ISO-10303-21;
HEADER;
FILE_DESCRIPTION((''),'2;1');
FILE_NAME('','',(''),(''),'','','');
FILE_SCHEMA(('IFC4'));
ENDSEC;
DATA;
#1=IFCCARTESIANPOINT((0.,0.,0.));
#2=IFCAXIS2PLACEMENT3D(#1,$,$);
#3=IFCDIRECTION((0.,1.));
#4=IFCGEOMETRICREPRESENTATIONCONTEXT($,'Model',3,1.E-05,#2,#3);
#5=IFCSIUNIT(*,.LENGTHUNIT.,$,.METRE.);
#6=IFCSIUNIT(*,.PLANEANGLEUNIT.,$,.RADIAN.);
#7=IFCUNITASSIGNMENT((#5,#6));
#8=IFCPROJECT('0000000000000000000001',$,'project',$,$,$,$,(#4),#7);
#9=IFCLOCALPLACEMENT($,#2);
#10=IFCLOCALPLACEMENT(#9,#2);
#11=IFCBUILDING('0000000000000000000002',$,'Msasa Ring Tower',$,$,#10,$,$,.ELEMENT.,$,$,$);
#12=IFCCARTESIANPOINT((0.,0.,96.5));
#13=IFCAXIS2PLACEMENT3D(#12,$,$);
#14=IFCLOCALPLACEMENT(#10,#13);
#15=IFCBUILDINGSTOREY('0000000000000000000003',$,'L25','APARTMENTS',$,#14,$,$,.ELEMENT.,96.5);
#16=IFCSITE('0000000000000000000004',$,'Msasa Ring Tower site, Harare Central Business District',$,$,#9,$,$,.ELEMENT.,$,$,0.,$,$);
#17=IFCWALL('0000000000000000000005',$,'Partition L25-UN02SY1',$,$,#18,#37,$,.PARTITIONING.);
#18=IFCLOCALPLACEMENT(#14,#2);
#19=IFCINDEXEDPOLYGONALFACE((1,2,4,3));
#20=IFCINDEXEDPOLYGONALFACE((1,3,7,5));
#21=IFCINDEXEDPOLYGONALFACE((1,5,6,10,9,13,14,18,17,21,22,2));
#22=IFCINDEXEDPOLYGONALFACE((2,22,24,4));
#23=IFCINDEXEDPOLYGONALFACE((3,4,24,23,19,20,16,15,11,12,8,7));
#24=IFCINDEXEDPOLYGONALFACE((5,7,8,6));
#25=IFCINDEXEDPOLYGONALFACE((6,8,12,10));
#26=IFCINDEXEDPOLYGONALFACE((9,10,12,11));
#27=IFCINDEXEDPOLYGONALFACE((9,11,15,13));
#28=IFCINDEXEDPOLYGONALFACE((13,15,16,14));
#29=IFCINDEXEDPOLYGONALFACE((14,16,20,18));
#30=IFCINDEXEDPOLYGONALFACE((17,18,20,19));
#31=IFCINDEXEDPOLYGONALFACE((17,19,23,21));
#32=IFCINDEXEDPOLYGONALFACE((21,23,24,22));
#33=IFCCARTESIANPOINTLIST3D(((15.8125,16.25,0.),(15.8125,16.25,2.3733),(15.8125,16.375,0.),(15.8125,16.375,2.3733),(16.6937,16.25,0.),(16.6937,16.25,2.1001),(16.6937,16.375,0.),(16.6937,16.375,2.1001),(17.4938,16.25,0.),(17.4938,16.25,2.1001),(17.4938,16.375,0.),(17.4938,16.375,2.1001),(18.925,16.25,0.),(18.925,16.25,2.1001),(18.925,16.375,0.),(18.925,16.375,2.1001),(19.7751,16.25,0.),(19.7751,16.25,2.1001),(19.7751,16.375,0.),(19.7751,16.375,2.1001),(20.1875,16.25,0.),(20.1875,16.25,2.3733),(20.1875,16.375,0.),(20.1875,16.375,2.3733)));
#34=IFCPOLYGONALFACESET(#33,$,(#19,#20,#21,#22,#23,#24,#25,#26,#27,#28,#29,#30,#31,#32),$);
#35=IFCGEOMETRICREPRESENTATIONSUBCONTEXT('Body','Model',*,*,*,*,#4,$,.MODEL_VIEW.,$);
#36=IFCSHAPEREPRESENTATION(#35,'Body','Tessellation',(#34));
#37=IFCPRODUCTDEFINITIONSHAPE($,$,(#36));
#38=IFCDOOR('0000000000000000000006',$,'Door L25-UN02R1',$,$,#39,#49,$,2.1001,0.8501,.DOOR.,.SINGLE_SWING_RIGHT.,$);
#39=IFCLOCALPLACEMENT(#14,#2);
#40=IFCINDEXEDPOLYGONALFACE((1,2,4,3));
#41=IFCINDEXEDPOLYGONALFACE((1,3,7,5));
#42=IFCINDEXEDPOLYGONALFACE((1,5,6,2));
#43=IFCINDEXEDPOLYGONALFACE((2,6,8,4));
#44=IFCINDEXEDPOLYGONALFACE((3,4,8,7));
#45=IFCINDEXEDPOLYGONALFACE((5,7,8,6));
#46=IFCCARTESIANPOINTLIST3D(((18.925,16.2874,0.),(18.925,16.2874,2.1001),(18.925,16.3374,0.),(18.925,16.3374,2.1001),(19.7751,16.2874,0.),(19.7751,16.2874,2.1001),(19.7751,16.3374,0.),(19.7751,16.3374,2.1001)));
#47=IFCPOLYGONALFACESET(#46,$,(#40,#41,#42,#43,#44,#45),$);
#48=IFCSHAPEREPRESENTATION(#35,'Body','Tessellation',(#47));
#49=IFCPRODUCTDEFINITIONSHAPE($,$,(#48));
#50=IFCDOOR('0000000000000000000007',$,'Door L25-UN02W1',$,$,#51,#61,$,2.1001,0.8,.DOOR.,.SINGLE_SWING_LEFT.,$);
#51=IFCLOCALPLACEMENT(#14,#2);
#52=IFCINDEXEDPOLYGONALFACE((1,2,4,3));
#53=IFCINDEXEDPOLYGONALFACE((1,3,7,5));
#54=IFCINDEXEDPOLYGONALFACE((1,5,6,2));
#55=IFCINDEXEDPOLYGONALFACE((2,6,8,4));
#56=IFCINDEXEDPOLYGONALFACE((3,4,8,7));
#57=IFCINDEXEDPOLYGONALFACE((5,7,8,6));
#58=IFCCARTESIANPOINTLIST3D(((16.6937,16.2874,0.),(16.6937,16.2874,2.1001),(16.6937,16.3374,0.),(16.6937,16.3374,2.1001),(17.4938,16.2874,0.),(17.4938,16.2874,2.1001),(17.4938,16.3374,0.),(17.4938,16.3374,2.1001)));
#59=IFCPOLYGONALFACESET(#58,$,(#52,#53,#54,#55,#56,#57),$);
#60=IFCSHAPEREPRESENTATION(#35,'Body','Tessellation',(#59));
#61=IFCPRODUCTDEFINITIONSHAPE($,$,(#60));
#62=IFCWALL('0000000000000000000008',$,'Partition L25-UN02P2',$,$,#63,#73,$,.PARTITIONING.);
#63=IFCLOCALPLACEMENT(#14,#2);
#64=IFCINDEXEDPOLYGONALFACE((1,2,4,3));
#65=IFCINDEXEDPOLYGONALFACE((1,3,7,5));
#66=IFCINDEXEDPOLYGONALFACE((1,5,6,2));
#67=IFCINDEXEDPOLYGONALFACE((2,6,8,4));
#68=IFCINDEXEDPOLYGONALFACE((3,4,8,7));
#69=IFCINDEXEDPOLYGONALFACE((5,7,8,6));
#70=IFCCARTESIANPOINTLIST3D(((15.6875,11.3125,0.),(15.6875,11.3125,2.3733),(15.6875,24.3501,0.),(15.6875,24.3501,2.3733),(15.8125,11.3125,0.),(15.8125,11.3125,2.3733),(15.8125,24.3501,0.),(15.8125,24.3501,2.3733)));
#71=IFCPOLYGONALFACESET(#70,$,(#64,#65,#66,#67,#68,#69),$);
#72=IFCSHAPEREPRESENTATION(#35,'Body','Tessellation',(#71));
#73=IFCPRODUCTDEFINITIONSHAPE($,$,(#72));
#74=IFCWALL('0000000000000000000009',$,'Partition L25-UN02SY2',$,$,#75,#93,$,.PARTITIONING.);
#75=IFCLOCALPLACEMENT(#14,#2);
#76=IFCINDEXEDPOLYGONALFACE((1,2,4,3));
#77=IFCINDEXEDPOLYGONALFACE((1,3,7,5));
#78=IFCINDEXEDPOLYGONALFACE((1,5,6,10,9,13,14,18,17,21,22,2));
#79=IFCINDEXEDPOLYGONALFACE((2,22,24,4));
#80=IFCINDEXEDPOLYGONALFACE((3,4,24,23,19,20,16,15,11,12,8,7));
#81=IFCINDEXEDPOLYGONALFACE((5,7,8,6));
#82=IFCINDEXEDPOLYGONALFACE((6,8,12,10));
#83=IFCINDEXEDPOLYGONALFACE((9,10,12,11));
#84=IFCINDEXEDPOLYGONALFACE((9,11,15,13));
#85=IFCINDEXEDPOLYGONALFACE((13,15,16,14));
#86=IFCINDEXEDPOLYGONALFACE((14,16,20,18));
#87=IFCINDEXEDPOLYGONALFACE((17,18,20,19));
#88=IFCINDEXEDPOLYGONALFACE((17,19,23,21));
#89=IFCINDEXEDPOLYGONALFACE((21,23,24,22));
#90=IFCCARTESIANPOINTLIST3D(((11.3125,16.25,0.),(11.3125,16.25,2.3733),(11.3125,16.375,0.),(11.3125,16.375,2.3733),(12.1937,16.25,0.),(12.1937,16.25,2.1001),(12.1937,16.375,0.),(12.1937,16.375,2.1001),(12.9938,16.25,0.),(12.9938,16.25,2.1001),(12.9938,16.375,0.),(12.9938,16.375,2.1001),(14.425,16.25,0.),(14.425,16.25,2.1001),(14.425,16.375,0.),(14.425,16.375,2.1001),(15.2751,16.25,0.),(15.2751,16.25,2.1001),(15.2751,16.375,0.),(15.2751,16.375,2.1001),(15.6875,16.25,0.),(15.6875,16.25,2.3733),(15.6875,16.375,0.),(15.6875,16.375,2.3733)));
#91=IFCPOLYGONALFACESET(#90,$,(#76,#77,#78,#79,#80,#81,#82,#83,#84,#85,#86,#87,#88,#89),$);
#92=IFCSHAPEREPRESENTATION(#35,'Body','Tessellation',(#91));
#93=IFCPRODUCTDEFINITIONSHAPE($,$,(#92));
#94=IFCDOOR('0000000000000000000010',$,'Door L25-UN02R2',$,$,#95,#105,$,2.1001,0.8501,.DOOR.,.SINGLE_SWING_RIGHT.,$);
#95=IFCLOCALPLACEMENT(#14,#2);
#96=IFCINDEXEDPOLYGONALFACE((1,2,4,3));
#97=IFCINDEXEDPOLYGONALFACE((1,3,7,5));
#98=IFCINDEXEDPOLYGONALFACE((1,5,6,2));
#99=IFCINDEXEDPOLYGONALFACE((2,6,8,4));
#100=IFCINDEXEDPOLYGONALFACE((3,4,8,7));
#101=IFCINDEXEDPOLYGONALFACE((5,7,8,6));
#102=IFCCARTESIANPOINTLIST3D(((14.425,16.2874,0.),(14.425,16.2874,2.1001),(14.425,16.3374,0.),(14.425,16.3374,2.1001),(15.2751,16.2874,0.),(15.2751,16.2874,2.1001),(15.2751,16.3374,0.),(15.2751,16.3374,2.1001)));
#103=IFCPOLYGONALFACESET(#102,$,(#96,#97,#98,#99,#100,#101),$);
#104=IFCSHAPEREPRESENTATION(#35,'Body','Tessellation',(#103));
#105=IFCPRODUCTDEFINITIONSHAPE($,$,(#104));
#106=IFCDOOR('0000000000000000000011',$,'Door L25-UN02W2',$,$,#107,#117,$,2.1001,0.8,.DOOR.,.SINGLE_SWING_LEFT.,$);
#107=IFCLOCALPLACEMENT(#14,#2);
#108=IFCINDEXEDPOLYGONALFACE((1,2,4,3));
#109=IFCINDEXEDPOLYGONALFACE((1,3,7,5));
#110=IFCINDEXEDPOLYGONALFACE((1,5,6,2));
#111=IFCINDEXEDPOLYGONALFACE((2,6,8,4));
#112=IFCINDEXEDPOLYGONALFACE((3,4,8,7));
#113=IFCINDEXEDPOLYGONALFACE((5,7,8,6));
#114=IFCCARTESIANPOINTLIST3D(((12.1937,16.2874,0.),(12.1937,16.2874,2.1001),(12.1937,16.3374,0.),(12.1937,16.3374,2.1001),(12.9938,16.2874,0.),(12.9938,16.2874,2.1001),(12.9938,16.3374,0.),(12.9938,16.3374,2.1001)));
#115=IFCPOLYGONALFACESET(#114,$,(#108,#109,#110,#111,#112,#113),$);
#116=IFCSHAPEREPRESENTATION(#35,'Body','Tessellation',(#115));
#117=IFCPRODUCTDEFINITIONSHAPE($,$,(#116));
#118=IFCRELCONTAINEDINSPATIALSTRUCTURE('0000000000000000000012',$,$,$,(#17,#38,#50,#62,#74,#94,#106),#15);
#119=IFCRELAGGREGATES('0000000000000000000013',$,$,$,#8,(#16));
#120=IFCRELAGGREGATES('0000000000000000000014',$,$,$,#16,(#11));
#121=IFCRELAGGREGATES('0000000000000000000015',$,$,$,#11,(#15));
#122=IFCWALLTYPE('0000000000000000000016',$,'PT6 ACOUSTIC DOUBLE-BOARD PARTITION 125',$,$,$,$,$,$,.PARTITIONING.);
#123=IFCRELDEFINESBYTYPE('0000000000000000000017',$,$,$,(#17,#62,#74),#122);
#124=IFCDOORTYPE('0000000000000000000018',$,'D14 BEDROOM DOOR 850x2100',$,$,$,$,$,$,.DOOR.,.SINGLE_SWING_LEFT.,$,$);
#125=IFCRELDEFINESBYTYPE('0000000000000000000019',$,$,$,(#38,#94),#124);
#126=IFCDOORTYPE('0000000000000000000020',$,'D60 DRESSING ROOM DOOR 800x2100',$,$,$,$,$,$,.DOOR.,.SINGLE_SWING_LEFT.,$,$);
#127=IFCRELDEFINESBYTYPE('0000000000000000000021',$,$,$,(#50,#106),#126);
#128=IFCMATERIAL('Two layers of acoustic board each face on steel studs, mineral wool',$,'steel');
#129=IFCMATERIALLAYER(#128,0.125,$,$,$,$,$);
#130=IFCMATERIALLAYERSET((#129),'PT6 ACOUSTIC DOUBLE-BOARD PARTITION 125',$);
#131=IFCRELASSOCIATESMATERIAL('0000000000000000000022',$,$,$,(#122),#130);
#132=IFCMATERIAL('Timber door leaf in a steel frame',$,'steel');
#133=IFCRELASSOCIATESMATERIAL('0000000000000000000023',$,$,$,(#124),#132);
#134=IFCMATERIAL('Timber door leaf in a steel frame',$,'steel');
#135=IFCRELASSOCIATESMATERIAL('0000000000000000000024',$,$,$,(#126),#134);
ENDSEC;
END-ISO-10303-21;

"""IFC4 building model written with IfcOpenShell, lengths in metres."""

from ifc_helpers import new_model, si_unit, direction, frame, frame_2d, origin, place, context, subcontext, project, spatial, rectangle, extrude, material, layer, layer_set, type_object, element, fill, save


model = new_model("IFC4")

# Units and contexts
model_context = context("Model", 3, precision=1e-05, world=origin(), true_north=direction((0.0, 1.0)))
body_context = subcontext(model_context, "Body", "Model", "MODEL_VIEW")
ifc_project = project(units=[si_unit("LENGTHUNIT", "METRE"), si_unit("PLANEANGLEUNIT", "RADIAN")], contexts=[model_context])

# Site, building, storey
site_placement = place(None, origin())
site = spatial("IfcSite", under=ifc_project, at=site_placement, Name="Msasa Ring Tower site, Harare Central Business District", CompositionType="ELEMENT", RefElevation=0.0)
building_placement = place(site_placement, origin())
building = spatial("IfcBuilding", under=site, at=building_placement, Name="Msasa Ring Tower", CompositionType="ELEMENT")
storey_placement = place(building_placement, frame((0.0, 0.0, 96.5)))
storey = spatial("IfcBuildingStorey", under=building, at=storey_placement, Name="L25", Description="APARTMENTS", CompositionType="ELEMENT", Elevation=96.5)

# Shared definitions
ifc_material_1 = material(Name="Two layers of acoustic board each face on steel studs, mineral wool", Category="steel")
ifc_layer_1 = layer(ifc_material_1, 0.125)
ifc_layer_set_1 = layer_set([ifc_layer_1], Name="PT6 ACOUSTIC DOUBLE-BOARD PARTITION 125")
wall_type_1 = type_object("IfcWallType", Name="PT6 ACOUSTIC DOUBLE-BOARD PARTITION 125", PredefinedType="PARTITIONING", material=ifc_layer_set_1)

# Wall, openings, doors
wall_1_placement = place(storey_placement, frame((15.8125, 16.3125, 0.0), z_axis=(0.0, 0.0, 1.0), x_axis=(1.0, 0.0, 0.0)))
wall_1 = element("IfcWall", 1, at=wall_1_placement, inside=storey, type_object=wall_type_1, Name="Partition L25-UN02SY1", PredefinedType="PARTITIONING", context=body_context, shape_type="SweptSolid", body=[
    extrude(rectangle(XDim=4.375, YDim=0.125, at=frame_2d((2.1875, 0.0))), origin(), (0.0, 0.0, 1.0), 2.3733),
])
opening_1_placement = place(wall_1_placement, frame((3.1125, 0.0, 0.0)))
opening_1 = element("IfcOpeningElement", 2, at=opening_1_placement, cuts=wall_1, PredefinedType="OPENING", context=body_context, shape_type="SweptSolid", body=[
    extrude(rectangle(XDim=0.8501, YDim=2.1001, at=frame_2d((0.425, 1.05))), frame((0.0, 0.0725, 0.0), z_axis=(0.0, -1.0, 0.0), x_axis=(1.0, 0.0, 0.0)), (0.0, 0.0, 1.0), 0.145),
])
opening_2_placement = place(wall_1_placement, frame((0.8813, 0.0, 0.0)))
opening_2 = element("IfcOpeningElement", 3, at=opening_2_placement, cuts=wall_1, PredefinedType="OPENING", context=body_context, shape_type="SweptSolid", body=[
    extrude(rectangle(XDim=0.8, YDim=2.1001, at=frame_2d((0.3999, 1.05))), frame((0.0, 0.0725, 0.0), z_axis=(0.0, -1.0, 0.0), x_axis=(1.0, 0.0, 0.0)), (0.0, 0.0, 1.0), 0.145),
])
ifc_material_2 = material(Name="Timber door leaf in a steel frame", Category="steel")
door_type_1 = type_object("IfcDoorType", Name="D14 BEDROOM DOOR 850x2100", OperationType="SINGLE_SWING_LEFT", PredefinedType="DOOR", material=ifc_material_2)
door_1_placement = place(opening_1_placement, origin())
door_1 = element("IfcDoor", 4, at=door_1_placement, inside=storey, type_object=door_type_1, Name="Door L25-UN02R1", OperationType="SINGLE_SWING_RIGHT", OverallHeight=2.1001, OverallWidth=0.8501, PredefinedType="DOOR", context=body_context, shape_type="SweptSolid", body=[
    extrude(rectangle(XDim=0.8501, YDim=2.1001, at=frame_2d((0.425, 1.05))), frame((0.0, 0.0249, 0.0), z_axis=(0.0, -1.0, 0.0), x_axis=(1.0, 0.0, 0.0)), (0.0, 0.0, 1.0), 0.05),
])
fill(opening_1, door_1)
ifc_material_3 = material(Name="Timber door leaf in a steel frame", Category="steel")
door_type_2 = type_object("IfcDoorType", Name="D60 DRESSING ROOM DOOR 800x2100", OperationType="SINGLE_SWING_LEFT", PredefinedType="DOOR", material=ifc_material_3)
door_2_placement = place(opening_2_placement, origin())
door_2 = element("IfcDoor", 5, at=door_2_placement, inside=storey, type_object=door_type_2, Name="Door L25-UN02W1", OperationType="SINGLE_SWING_LEFT", OverallHeight=2.1001, OverallWidth=0.8, PredefinedType="DOOR", context=body_context, shape_type="SweptSolid", body=[
    extrude(rectangle(XDim=0.8, YDim=2.1001, at=frame_2d((0.3999, 1.05))), frame((0.0, 0.0249, 0.0), z_axis=(0.0, -1.0, 0.0), x_axis=(1.0, 0.0, 0.0)), (0.0, 0.0, 1.0), 0.05),
])
fill(opening_2, door_2)

# Wall
wall_2_placement = place(storey_placement, frame((15.75, 11.3125, 0.0), z_axis=(0.0, 0.0, 1.0), x_axis=(0.0, 1.0, 0.0)))
element("IfcWall", 6, at=wall_2_placement, inside=storey, type_object=wall_type_1, Name="Partition L25-UN02P2", PredefinedType="PARTITIONING", context=body_context, shape_type="SweptSolid", body=[
    extrude(rectangle(XDim=13.0376, YDim=0.125, at=frame_2d((6.5188, 0.0))), origin(), (0.0, 0.0, 1.0), 2.3733),
])

# Wall, openings, doors
wall_3_placement = place(storey_placement, frame((11.3125, 16.3125, 0.0), z_axis=(0.0, 0.0, 1.0), x_axis=(1.0, 0.0, 0.0)))
wall_3 = element("IfcWall", 7, at=wall_3_placement, inside=storey, type_object=wall_type_1, Name="Partition L25-UN02SY2", PredefinedType="PARTITIONING", context=body_context, shape_type="SweptSolid", body=[
    extrude(rectangle(XDim=4.375, YDim=0.125, at=frame_2d((2.1875, 0.0))), origin(), (0.0, 0.0, 1.0), 2.3733),
])
opening_3_placement = place(wall_3_placement, frame((3.1125, 0.0, 0.0)))
opening_3 = element("IfcOpeningElement", 8, at=opening_3_placement, cuts=wall_3, PredefinedType="OPENING", context=body_context, shape_type="SweptSolid", body=[
    extrude(rectangle(XDim=0.8501, YDim=2.1001, at=frame_2d((0.425, 1.05))), frame((0.0, 0.0725, 0.0), z_axis=(0.0, -1.0, 0.0), x_axis=(1.0, 0.0, 0.0)), (0.0, 0.0, 1.0), 0.145),
])
opening_4_placement = place(wall_3_placement, frame((0.8813, 0.0, 0.0)))
opening_4 = element("IfcOpeningElement", 9, at=opening_4_placement, cuts=wall_3, PredefinedType="OPENING", context=body_context, shape_type="SweptSolid", body=[
    extrude(rectangle(XDim=0.8, YDim=2.1001, at=frame_2d((0.3999, 1.05))), frame((0.0, 0.0725, 0.0), z_axis=(0.0, -1.0, 0.0), x_axis=(1.0, 0.0, 0.0)), (0.0, 0.0, 1.0), 0.145),
])
door_3_placement = place(opening_3_placement, origin())
door_3 = element("IfcDoor", 10, at=door_3_placement, inside=storey, type_object=door_type_1, Name="Door L25-UN02R2", OperationType="SINGLE_SWING_RIGHT", OverallHeight=2.1001, OverallWidth=0.8501, PredefinedType="DOOR", context=body_context, shape_type="SweptSolid", body=[
    extrude(rectangle(XDim=0.8501, YDim=2.1001, at=frame_2d((0.425, 1.05))), frame((0.0, 0.0249, 0.0), z_axis=(0.0, -1.0, 0.0), x_axis=(1.0, 0.0, 0.0)), (0.0, 0.0, 1.0), 0.05),
])
fill(opening_3, door_3)
door_4_placement = place(opening_4_placement, origin())
door_4 = element("IfcDoor", 11, at=door_4_placement, inside=storey, type_object=door_type_2, Name="Door L25-UN02W2", OperationType="SINGLE_SWING_LEFT", OverallHeight=2.1001, OverallWidth=0.8, PredefinedType="DOOR", context=body_context, shape_type="SweptSolid", body=[
    extrude(rectangle(XDim=0.8, YDim=2.1001, at=frame_2d((0.3999, 1.05))), frame((0.0, 0.0249, 0.0), z_axis=(0.0, -1.0, 0.0), x_axis=(1.0, 0.0, 0.0)), (0.0, 0.0, 1.0), 0.05),
])
fill(opening_4, door_4)

save(model, "model.ifc")
